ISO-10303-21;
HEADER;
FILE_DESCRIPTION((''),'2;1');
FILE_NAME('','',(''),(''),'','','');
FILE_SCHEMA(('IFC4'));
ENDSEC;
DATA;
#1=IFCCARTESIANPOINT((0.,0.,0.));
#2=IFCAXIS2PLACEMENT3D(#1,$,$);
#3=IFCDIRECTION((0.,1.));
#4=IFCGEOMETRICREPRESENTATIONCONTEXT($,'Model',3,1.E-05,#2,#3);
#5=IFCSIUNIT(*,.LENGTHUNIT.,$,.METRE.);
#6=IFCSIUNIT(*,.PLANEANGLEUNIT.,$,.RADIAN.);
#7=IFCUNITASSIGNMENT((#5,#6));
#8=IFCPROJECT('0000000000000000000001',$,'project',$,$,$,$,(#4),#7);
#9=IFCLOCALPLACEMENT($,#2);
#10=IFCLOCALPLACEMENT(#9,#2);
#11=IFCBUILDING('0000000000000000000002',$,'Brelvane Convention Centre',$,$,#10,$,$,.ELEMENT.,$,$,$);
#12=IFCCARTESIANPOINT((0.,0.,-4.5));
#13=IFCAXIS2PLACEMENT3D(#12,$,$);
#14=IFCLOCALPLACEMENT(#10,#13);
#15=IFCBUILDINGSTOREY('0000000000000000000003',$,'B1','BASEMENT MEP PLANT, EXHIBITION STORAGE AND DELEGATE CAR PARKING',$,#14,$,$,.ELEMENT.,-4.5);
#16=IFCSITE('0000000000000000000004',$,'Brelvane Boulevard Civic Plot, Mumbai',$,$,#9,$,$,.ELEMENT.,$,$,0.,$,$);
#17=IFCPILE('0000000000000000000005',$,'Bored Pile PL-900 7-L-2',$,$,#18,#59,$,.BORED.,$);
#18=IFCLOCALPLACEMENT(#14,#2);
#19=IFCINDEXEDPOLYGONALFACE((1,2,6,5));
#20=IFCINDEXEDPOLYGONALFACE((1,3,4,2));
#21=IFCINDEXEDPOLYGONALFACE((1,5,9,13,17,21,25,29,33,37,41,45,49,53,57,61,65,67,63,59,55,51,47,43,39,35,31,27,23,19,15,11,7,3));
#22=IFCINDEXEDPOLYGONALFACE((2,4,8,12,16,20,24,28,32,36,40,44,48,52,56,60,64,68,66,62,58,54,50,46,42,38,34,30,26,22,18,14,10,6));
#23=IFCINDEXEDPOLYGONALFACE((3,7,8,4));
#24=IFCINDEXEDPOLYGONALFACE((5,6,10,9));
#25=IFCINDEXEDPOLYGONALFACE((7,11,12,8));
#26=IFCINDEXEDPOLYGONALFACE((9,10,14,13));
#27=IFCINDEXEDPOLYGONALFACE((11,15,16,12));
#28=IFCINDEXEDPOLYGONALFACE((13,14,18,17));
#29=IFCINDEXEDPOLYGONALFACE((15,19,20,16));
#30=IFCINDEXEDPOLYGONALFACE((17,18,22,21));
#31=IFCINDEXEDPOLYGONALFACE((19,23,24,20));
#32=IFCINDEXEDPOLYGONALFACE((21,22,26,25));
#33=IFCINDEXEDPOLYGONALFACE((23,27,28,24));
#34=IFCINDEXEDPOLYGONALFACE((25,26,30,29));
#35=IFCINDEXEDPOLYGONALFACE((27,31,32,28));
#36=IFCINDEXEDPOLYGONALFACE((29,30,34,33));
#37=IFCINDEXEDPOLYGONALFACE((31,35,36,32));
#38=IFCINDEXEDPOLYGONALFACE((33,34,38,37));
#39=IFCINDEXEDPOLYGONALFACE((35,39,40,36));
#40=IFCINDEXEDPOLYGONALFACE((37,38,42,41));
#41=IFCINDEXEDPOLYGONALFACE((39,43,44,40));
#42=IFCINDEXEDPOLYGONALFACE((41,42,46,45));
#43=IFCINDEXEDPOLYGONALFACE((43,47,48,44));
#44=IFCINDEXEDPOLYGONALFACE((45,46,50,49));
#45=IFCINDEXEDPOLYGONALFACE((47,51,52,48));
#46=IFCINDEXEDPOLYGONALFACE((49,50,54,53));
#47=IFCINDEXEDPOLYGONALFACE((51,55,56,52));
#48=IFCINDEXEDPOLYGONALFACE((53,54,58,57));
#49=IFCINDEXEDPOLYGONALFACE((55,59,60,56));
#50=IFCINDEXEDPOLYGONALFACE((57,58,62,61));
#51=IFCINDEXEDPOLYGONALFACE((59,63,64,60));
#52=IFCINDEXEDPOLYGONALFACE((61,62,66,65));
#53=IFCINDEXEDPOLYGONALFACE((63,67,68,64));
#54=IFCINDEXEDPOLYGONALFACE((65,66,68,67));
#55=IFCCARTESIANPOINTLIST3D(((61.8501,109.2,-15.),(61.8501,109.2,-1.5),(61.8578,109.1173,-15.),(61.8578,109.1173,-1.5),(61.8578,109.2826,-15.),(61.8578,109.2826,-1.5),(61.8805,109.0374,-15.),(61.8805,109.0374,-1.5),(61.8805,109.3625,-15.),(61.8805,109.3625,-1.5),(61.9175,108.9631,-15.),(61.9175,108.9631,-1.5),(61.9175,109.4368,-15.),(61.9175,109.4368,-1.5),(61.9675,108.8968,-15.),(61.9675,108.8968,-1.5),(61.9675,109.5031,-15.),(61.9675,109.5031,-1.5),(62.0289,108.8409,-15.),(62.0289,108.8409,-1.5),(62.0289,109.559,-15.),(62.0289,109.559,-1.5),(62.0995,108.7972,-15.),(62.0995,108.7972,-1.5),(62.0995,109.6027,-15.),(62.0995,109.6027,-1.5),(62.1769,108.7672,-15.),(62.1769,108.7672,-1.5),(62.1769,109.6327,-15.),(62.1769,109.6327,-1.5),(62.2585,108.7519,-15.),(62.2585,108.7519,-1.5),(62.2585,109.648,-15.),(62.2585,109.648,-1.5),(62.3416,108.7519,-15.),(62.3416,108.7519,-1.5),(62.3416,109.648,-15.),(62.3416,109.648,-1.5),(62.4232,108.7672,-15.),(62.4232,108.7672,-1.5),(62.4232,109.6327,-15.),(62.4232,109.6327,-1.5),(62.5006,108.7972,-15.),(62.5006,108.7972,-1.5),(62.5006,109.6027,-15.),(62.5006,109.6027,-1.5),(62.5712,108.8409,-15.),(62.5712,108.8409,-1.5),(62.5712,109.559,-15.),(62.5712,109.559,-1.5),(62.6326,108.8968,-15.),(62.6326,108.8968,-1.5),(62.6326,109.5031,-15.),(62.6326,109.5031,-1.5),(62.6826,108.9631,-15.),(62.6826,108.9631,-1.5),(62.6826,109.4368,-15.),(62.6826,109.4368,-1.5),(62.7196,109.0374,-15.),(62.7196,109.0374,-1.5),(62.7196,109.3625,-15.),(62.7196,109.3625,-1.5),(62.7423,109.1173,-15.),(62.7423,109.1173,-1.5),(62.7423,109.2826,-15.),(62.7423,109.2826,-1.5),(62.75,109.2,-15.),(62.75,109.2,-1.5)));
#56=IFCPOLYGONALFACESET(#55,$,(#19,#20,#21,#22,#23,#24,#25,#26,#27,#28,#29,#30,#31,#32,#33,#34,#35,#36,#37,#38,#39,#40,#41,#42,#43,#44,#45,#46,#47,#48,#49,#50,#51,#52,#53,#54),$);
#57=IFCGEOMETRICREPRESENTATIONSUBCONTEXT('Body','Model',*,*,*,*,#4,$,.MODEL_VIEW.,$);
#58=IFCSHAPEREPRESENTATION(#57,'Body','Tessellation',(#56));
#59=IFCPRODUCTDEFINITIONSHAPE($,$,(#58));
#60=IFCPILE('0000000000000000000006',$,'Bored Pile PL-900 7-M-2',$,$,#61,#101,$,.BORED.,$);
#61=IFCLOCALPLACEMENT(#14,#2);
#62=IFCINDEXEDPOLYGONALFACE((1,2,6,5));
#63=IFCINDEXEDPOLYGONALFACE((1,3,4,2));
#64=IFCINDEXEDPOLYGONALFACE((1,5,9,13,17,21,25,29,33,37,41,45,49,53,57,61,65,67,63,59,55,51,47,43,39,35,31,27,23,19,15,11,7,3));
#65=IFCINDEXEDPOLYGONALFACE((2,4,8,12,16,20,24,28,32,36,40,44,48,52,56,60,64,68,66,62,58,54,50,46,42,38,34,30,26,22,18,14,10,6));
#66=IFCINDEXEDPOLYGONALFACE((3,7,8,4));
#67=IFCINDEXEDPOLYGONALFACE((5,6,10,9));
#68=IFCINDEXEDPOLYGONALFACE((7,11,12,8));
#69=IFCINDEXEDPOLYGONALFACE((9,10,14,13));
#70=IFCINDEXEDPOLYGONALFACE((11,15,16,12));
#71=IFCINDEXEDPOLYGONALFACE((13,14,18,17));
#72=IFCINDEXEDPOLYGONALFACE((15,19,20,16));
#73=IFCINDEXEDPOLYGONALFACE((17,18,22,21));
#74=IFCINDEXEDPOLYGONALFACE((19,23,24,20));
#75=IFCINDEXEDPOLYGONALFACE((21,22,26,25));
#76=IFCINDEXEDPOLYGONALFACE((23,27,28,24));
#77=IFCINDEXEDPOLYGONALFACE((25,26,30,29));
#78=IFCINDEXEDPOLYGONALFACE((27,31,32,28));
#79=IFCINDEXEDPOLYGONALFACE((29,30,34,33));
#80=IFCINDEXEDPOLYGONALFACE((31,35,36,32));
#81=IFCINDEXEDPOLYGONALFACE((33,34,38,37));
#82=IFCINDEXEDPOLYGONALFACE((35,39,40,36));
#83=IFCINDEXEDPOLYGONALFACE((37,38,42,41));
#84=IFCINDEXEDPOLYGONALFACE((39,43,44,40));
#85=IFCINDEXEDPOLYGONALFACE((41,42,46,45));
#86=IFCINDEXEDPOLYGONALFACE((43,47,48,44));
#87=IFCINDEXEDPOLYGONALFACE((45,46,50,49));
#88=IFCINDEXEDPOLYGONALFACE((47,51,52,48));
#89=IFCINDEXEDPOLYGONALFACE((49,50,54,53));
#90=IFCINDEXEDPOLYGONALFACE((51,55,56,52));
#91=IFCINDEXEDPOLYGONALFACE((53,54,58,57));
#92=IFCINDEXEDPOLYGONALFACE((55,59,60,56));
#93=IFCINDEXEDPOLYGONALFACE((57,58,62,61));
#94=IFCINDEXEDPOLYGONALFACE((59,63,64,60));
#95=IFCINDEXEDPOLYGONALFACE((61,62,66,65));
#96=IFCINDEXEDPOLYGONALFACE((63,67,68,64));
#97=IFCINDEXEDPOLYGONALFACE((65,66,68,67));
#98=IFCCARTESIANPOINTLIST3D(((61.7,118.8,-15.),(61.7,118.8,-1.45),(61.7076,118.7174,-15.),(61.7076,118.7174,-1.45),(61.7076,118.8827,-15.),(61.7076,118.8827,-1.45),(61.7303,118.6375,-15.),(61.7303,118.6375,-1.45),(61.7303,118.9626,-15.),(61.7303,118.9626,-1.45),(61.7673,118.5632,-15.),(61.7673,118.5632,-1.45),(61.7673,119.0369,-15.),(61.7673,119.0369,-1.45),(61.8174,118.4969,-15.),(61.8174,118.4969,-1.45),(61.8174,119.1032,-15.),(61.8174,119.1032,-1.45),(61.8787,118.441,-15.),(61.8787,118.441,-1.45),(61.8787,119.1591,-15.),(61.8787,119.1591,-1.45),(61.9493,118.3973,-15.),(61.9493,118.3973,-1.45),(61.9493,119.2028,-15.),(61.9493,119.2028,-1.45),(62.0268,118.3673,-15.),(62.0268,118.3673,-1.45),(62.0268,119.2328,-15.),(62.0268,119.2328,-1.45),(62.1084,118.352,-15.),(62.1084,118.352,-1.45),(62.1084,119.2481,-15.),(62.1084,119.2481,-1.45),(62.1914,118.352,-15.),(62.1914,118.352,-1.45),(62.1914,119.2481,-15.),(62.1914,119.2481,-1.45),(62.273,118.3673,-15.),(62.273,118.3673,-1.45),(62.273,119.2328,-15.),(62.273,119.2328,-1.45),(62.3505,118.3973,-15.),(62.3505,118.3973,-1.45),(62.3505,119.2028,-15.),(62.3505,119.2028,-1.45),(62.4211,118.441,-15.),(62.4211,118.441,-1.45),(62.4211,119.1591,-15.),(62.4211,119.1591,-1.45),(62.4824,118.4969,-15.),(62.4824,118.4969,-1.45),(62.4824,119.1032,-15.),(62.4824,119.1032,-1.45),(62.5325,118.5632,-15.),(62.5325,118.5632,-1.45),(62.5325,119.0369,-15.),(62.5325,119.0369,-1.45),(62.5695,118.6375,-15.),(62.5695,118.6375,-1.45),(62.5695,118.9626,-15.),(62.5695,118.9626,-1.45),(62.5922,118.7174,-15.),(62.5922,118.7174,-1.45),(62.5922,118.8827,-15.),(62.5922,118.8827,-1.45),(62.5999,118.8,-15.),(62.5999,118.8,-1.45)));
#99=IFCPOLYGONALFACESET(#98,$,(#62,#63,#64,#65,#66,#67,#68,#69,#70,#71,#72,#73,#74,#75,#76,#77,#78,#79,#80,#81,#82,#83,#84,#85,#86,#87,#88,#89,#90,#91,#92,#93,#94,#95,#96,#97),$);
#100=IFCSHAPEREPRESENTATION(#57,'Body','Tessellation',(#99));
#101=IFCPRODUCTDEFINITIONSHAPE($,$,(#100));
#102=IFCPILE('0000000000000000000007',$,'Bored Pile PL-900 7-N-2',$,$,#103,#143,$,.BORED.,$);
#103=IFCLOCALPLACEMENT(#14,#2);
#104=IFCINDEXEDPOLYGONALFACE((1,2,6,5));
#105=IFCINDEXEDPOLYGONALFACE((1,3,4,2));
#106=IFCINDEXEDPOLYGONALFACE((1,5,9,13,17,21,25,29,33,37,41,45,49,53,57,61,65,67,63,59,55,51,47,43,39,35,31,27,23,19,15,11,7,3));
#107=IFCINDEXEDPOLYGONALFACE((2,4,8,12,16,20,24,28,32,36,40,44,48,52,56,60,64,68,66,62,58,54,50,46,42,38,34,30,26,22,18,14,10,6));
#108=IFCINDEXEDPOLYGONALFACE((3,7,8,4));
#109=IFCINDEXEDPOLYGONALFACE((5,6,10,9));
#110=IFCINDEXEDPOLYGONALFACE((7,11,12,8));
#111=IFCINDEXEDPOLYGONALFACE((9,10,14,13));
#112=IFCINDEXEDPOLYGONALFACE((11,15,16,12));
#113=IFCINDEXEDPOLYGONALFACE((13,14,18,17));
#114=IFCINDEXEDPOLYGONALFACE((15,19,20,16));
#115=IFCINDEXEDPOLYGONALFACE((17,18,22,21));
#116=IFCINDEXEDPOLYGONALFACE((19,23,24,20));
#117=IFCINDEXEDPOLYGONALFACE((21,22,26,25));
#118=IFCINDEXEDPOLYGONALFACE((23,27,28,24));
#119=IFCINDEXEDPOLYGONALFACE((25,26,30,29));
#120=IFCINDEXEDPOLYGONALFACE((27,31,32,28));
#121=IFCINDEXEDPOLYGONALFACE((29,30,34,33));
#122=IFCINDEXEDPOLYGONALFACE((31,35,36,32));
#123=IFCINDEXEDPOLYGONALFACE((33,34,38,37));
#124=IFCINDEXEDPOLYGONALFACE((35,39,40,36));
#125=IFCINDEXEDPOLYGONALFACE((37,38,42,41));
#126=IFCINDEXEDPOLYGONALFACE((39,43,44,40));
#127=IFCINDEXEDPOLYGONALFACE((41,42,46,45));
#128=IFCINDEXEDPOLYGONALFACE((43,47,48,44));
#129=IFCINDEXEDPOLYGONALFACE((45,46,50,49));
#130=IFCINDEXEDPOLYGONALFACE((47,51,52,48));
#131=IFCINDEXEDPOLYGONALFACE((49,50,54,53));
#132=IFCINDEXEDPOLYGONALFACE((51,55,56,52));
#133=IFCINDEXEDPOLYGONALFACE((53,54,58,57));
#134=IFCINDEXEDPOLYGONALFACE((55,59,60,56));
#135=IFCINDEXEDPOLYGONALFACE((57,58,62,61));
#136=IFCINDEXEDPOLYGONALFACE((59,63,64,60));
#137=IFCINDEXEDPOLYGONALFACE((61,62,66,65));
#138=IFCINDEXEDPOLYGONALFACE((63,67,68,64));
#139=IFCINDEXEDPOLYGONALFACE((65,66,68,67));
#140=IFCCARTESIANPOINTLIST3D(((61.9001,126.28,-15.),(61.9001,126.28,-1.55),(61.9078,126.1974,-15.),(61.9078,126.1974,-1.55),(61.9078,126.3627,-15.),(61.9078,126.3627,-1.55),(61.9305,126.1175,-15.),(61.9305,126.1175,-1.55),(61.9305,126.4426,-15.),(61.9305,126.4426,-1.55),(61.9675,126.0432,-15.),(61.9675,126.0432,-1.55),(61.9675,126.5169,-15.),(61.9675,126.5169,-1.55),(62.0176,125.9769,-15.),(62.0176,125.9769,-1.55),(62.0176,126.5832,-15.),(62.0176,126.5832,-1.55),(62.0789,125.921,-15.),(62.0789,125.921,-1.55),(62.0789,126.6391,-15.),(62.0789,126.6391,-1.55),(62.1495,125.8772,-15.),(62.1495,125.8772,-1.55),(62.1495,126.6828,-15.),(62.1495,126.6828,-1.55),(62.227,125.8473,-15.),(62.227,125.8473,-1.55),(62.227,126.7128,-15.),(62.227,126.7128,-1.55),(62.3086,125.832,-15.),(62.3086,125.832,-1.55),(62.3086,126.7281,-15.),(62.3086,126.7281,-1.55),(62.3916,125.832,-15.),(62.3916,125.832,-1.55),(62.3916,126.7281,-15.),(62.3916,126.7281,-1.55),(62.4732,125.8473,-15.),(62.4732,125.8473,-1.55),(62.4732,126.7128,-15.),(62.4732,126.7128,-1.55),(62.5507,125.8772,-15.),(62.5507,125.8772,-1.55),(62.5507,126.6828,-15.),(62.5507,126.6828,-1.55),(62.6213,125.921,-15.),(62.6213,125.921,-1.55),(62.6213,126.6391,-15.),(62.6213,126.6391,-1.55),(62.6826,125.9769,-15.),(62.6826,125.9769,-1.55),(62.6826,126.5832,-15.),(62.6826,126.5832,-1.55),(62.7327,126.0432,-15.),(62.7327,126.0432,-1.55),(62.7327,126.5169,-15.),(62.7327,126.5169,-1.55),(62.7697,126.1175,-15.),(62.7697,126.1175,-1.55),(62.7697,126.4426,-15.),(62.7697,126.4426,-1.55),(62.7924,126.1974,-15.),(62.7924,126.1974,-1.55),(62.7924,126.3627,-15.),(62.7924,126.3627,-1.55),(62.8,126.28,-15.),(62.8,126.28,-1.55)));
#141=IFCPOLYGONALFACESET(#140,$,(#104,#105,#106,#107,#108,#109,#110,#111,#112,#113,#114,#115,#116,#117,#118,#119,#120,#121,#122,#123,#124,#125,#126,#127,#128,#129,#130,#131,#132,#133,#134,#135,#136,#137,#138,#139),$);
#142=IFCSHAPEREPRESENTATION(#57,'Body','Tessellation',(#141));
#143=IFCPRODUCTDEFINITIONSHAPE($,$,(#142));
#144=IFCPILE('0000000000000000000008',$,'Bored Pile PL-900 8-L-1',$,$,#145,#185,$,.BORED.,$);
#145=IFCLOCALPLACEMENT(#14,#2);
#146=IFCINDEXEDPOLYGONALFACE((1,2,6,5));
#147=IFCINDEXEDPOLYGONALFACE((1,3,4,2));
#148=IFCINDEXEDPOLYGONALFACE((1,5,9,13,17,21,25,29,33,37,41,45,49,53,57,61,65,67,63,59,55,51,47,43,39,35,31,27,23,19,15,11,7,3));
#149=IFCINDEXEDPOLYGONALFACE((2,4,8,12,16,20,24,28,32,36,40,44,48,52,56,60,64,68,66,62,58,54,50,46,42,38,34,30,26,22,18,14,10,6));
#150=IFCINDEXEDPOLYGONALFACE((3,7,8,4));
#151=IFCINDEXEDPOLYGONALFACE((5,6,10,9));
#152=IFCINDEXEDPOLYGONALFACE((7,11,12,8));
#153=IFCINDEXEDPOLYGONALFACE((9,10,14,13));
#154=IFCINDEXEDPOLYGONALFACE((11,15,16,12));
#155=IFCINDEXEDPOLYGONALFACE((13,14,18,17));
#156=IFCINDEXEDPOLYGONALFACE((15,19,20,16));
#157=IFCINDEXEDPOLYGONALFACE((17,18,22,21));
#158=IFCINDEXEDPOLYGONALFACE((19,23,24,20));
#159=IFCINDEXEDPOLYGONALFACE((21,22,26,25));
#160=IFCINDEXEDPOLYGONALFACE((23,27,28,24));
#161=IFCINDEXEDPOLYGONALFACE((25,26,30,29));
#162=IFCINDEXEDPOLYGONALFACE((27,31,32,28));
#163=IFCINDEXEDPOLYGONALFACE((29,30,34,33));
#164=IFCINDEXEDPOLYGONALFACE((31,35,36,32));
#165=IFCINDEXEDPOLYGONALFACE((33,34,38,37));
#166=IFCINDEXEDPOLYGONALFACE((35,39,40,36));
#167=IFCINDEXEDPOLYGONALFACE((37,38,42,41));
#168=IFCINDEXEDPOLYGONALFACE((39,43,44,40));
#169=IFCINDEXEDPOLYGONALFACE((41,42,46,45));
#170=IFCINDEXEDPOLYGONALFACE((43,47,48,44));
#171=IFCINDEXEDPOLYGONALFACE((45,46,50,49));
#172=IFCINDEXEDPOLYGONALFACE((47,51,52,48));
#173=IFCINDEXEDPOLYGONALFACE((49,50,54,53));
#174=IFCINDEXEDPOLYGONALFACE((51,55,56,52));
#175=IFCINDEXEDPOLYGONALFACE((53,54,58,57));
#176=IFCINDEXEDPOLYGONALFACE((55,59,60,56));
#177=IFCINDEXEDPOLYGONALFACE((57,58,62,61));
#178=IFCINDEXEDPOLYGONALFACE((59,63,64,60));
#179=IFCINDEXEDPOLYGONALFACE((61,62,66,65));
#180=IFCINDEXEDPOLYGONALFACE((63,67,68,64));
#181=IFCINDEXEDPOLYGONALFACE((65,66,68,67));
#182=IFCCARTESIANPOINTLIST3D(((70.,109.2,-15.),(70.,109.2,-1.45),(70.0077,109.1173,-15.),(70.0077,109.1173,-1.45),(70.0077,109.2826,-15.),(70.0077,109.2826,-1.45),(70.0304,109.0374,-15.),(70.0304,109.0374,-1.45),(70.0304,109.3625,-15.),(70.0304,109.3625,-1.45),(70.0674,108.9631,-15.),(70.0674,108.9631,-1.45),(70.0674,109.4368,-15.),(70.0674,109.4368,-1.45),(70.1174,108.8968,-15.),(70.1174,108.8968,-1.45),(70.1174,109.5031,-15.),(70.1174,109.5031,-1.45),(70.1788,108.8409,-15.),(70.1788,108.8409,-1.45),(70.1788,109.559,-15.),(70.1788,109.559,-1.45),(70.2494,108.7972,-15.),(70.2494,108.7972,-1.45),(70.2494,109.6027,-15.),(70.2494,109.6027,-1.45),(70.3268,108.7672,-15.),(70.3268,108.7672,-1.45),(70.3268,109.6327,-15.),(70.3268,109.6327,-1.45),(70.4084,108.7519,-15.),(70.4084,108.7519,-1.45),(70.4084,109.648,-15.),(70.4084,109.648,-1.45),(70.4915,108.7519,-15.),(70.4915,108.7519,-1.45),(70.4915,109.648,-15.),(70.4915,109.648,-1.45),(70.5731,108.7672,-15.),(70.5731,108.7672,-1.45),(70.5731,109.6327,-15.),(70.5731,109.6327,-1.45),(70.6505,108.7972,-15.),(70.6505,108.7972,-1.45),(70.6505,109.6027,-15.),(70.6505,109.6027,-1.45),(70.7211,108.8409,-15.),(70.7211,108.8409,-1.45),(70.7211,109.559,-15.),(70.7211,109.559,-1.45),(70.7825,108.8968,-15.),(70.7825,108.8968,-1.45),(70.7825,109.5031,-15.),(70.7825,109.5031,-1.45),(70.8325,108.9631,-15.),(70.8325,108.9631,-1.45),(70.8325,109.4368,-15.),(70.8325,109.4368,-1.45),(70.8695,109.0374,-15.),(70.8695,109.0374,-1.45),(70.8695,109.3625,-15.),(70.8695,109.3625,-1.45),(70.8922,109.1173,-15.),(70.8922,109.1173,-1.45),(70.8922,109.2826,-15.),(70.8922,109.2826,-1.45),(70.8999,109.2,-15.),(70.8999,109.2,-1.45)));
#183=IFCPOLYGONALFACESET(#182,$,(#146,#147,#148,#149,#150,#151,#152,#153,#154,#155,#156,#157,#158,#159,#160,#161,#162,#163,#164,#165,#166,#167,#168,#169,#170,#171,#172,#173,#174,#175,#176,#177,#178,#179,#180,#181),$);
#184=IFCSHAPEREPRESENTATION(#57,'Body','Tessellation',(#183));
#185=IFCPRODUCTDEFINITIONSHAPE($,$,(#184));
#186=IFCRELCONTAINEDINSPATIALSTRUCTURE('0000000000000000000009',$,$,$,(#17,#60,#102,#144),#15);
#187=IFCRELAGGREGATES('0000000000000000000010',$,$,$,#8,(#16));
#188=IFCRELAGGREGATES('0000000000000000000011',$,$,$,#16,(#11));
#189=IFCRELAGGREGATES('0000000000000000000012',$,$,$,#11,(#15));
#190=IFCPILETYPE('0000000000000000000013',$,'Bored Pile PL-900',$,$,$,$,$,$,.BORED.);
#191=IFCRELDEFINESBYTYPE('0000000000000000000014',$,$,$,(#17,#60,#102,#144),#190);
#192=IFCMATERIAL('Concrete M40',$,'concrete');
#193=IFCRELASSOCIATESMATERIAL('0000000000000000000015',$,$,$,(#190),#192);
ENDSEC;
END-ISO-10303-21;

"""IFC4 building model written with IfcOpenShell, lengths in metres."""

from ifc_helpers import new_model, si_unit, direction, frame, origin, origin_2d, place, context, subcontext, project, spatial, circle, extrude, material, material_profile, profile_set, type_object, element, save


model = new_model("IFC4")

# Units and contexts
model_context = context("Model", 3, precision=1e-05, world=origin(), true_north=direction((0.0, 1.0)))
body_context = subcontext(model_context, "Body", "Model", "MODEL_VIEW")
ifc_project = project(units=[si_unit("LENGTHUNIT", "METRE"), si_unit("PLANEANGLEUNIT", "RADIAN")], contexts=[model_context])

# Site, building, storey
site_placement = place(None, origin())
site = spatial("IfcSite", under=ifc_project, at=site_placement, Name="Brelvane Boulevard Civic Plot, Mumbai", CompositionType="ELEMENT", RefElevation=0.0)
building_placement = place(site_placement, origin())
building = spatial("IfcBuilding", under=site, at=building_placement, Name="Brelvane Convention Centre", CompositionType="ELEMENT")
storey_placement = place(building_placement, frame((0.0, 0.0, -4.5)))
storey = spatial("IfcBuildingStorey", under=building, at=storey_placement, Name="B1", Description="BASEMENT MEP PLANT, EXHIBITION STORAGE AND DELEGATE CAR PARKING", CompositionType="ELEMENT", Elevation=-4.5)

# Piles
ifc_material_1 = material(Name="Concrete M40", Category="concrete")
ifc_material_profile_1 = material_profile(ifc_material_1, circle(Radius=0.45, at=origin_2d()), Name="PILE D900")
ifc_profile_set_1 = profile_set([ifc_material_profile_1], Name="Concrete M40")
pile_type = type_object("IfcPileType", Name="Bored Pile PL-900", PredefinedType="BORED", material=ifc_profile_set_1)
pile_1_placement = place(storey_placement, frame((62.3, 109.2, -1.5), z_axis=(0.0, 0.0, -1.0), x_axis=(1.0, 0.0, 0.0)))
element("IfcPile", 1, at=pile_1_placement, inside=storey, type_object=pile_type, Name="Bored Pile PL-900 7-L-2", PredefinedType="BORED", context=body_context, shape_type="SweptSolid", body=[
    extrude(circle(Radius=0.45, at=origin_2d()), origin(), (0.0, 0.0, 1.0), 13.5),
])
pile_2_placement = place(storey_placement, frame((62.1499, 118.8, -1.45), z_axis=(0.0, 0.0, -1.0), x_axis=(1.0, 0.0, 0.0)))
element("IfcPile", 2, at=pile_2_placement, inside=storey, type_object=pile_type, Name="Bored Pile PL-900 7-M-2", PredefinedType="BORED", context=body_context, shape_type="SweptSolid", body=[
    extrude(circle(Radius=0.45, at=origin_2d()), origin(), (0.0, 0.0, 1.0), 13.55),
])
pile_3_placement = place(storey_placement, frame((62.3501, 126.28, -1.55), z_axis=(0.0, 0.0, -1.0), x_axis=(1.0, 0.0, 0.0)))
element("IfcPile", 3, at=pile_3_placement, inside=storey, type_object=pile_type, Name="Bored Pile PL-900 7-N-2", PredefinedType="BORED", context=body_context, shape_type="SweptSolid", body=[
    extrude(circle(Radius=0.45, at=origin_2d()), origin(), (0.0, 0.0, 1.0), 13.45),
])
for number, where, z_axis, x_axis, name in (
    (4, (70.45, 109.2, -1.45), (0.0, 0.0, -1.0), (1.0, 0.0, 0.0), "Bored Pile PL-900 8-L-1"),
):
    element("IfcPile", number, at=place(storey_placement, frame(where, z_axis=z_axis, x_axis=x_axis)), inside=storey, type_object=pile_type, Name=name, PredefinedType="BORED", context=body_context, shape_type="SweptSolid", body=[
        extrude(circle(Radius=0.45, at=origin_2d()), origin(), (0.0, 0.0, 1.0), 13.55),
    ])

save(model, "model.ifc")
